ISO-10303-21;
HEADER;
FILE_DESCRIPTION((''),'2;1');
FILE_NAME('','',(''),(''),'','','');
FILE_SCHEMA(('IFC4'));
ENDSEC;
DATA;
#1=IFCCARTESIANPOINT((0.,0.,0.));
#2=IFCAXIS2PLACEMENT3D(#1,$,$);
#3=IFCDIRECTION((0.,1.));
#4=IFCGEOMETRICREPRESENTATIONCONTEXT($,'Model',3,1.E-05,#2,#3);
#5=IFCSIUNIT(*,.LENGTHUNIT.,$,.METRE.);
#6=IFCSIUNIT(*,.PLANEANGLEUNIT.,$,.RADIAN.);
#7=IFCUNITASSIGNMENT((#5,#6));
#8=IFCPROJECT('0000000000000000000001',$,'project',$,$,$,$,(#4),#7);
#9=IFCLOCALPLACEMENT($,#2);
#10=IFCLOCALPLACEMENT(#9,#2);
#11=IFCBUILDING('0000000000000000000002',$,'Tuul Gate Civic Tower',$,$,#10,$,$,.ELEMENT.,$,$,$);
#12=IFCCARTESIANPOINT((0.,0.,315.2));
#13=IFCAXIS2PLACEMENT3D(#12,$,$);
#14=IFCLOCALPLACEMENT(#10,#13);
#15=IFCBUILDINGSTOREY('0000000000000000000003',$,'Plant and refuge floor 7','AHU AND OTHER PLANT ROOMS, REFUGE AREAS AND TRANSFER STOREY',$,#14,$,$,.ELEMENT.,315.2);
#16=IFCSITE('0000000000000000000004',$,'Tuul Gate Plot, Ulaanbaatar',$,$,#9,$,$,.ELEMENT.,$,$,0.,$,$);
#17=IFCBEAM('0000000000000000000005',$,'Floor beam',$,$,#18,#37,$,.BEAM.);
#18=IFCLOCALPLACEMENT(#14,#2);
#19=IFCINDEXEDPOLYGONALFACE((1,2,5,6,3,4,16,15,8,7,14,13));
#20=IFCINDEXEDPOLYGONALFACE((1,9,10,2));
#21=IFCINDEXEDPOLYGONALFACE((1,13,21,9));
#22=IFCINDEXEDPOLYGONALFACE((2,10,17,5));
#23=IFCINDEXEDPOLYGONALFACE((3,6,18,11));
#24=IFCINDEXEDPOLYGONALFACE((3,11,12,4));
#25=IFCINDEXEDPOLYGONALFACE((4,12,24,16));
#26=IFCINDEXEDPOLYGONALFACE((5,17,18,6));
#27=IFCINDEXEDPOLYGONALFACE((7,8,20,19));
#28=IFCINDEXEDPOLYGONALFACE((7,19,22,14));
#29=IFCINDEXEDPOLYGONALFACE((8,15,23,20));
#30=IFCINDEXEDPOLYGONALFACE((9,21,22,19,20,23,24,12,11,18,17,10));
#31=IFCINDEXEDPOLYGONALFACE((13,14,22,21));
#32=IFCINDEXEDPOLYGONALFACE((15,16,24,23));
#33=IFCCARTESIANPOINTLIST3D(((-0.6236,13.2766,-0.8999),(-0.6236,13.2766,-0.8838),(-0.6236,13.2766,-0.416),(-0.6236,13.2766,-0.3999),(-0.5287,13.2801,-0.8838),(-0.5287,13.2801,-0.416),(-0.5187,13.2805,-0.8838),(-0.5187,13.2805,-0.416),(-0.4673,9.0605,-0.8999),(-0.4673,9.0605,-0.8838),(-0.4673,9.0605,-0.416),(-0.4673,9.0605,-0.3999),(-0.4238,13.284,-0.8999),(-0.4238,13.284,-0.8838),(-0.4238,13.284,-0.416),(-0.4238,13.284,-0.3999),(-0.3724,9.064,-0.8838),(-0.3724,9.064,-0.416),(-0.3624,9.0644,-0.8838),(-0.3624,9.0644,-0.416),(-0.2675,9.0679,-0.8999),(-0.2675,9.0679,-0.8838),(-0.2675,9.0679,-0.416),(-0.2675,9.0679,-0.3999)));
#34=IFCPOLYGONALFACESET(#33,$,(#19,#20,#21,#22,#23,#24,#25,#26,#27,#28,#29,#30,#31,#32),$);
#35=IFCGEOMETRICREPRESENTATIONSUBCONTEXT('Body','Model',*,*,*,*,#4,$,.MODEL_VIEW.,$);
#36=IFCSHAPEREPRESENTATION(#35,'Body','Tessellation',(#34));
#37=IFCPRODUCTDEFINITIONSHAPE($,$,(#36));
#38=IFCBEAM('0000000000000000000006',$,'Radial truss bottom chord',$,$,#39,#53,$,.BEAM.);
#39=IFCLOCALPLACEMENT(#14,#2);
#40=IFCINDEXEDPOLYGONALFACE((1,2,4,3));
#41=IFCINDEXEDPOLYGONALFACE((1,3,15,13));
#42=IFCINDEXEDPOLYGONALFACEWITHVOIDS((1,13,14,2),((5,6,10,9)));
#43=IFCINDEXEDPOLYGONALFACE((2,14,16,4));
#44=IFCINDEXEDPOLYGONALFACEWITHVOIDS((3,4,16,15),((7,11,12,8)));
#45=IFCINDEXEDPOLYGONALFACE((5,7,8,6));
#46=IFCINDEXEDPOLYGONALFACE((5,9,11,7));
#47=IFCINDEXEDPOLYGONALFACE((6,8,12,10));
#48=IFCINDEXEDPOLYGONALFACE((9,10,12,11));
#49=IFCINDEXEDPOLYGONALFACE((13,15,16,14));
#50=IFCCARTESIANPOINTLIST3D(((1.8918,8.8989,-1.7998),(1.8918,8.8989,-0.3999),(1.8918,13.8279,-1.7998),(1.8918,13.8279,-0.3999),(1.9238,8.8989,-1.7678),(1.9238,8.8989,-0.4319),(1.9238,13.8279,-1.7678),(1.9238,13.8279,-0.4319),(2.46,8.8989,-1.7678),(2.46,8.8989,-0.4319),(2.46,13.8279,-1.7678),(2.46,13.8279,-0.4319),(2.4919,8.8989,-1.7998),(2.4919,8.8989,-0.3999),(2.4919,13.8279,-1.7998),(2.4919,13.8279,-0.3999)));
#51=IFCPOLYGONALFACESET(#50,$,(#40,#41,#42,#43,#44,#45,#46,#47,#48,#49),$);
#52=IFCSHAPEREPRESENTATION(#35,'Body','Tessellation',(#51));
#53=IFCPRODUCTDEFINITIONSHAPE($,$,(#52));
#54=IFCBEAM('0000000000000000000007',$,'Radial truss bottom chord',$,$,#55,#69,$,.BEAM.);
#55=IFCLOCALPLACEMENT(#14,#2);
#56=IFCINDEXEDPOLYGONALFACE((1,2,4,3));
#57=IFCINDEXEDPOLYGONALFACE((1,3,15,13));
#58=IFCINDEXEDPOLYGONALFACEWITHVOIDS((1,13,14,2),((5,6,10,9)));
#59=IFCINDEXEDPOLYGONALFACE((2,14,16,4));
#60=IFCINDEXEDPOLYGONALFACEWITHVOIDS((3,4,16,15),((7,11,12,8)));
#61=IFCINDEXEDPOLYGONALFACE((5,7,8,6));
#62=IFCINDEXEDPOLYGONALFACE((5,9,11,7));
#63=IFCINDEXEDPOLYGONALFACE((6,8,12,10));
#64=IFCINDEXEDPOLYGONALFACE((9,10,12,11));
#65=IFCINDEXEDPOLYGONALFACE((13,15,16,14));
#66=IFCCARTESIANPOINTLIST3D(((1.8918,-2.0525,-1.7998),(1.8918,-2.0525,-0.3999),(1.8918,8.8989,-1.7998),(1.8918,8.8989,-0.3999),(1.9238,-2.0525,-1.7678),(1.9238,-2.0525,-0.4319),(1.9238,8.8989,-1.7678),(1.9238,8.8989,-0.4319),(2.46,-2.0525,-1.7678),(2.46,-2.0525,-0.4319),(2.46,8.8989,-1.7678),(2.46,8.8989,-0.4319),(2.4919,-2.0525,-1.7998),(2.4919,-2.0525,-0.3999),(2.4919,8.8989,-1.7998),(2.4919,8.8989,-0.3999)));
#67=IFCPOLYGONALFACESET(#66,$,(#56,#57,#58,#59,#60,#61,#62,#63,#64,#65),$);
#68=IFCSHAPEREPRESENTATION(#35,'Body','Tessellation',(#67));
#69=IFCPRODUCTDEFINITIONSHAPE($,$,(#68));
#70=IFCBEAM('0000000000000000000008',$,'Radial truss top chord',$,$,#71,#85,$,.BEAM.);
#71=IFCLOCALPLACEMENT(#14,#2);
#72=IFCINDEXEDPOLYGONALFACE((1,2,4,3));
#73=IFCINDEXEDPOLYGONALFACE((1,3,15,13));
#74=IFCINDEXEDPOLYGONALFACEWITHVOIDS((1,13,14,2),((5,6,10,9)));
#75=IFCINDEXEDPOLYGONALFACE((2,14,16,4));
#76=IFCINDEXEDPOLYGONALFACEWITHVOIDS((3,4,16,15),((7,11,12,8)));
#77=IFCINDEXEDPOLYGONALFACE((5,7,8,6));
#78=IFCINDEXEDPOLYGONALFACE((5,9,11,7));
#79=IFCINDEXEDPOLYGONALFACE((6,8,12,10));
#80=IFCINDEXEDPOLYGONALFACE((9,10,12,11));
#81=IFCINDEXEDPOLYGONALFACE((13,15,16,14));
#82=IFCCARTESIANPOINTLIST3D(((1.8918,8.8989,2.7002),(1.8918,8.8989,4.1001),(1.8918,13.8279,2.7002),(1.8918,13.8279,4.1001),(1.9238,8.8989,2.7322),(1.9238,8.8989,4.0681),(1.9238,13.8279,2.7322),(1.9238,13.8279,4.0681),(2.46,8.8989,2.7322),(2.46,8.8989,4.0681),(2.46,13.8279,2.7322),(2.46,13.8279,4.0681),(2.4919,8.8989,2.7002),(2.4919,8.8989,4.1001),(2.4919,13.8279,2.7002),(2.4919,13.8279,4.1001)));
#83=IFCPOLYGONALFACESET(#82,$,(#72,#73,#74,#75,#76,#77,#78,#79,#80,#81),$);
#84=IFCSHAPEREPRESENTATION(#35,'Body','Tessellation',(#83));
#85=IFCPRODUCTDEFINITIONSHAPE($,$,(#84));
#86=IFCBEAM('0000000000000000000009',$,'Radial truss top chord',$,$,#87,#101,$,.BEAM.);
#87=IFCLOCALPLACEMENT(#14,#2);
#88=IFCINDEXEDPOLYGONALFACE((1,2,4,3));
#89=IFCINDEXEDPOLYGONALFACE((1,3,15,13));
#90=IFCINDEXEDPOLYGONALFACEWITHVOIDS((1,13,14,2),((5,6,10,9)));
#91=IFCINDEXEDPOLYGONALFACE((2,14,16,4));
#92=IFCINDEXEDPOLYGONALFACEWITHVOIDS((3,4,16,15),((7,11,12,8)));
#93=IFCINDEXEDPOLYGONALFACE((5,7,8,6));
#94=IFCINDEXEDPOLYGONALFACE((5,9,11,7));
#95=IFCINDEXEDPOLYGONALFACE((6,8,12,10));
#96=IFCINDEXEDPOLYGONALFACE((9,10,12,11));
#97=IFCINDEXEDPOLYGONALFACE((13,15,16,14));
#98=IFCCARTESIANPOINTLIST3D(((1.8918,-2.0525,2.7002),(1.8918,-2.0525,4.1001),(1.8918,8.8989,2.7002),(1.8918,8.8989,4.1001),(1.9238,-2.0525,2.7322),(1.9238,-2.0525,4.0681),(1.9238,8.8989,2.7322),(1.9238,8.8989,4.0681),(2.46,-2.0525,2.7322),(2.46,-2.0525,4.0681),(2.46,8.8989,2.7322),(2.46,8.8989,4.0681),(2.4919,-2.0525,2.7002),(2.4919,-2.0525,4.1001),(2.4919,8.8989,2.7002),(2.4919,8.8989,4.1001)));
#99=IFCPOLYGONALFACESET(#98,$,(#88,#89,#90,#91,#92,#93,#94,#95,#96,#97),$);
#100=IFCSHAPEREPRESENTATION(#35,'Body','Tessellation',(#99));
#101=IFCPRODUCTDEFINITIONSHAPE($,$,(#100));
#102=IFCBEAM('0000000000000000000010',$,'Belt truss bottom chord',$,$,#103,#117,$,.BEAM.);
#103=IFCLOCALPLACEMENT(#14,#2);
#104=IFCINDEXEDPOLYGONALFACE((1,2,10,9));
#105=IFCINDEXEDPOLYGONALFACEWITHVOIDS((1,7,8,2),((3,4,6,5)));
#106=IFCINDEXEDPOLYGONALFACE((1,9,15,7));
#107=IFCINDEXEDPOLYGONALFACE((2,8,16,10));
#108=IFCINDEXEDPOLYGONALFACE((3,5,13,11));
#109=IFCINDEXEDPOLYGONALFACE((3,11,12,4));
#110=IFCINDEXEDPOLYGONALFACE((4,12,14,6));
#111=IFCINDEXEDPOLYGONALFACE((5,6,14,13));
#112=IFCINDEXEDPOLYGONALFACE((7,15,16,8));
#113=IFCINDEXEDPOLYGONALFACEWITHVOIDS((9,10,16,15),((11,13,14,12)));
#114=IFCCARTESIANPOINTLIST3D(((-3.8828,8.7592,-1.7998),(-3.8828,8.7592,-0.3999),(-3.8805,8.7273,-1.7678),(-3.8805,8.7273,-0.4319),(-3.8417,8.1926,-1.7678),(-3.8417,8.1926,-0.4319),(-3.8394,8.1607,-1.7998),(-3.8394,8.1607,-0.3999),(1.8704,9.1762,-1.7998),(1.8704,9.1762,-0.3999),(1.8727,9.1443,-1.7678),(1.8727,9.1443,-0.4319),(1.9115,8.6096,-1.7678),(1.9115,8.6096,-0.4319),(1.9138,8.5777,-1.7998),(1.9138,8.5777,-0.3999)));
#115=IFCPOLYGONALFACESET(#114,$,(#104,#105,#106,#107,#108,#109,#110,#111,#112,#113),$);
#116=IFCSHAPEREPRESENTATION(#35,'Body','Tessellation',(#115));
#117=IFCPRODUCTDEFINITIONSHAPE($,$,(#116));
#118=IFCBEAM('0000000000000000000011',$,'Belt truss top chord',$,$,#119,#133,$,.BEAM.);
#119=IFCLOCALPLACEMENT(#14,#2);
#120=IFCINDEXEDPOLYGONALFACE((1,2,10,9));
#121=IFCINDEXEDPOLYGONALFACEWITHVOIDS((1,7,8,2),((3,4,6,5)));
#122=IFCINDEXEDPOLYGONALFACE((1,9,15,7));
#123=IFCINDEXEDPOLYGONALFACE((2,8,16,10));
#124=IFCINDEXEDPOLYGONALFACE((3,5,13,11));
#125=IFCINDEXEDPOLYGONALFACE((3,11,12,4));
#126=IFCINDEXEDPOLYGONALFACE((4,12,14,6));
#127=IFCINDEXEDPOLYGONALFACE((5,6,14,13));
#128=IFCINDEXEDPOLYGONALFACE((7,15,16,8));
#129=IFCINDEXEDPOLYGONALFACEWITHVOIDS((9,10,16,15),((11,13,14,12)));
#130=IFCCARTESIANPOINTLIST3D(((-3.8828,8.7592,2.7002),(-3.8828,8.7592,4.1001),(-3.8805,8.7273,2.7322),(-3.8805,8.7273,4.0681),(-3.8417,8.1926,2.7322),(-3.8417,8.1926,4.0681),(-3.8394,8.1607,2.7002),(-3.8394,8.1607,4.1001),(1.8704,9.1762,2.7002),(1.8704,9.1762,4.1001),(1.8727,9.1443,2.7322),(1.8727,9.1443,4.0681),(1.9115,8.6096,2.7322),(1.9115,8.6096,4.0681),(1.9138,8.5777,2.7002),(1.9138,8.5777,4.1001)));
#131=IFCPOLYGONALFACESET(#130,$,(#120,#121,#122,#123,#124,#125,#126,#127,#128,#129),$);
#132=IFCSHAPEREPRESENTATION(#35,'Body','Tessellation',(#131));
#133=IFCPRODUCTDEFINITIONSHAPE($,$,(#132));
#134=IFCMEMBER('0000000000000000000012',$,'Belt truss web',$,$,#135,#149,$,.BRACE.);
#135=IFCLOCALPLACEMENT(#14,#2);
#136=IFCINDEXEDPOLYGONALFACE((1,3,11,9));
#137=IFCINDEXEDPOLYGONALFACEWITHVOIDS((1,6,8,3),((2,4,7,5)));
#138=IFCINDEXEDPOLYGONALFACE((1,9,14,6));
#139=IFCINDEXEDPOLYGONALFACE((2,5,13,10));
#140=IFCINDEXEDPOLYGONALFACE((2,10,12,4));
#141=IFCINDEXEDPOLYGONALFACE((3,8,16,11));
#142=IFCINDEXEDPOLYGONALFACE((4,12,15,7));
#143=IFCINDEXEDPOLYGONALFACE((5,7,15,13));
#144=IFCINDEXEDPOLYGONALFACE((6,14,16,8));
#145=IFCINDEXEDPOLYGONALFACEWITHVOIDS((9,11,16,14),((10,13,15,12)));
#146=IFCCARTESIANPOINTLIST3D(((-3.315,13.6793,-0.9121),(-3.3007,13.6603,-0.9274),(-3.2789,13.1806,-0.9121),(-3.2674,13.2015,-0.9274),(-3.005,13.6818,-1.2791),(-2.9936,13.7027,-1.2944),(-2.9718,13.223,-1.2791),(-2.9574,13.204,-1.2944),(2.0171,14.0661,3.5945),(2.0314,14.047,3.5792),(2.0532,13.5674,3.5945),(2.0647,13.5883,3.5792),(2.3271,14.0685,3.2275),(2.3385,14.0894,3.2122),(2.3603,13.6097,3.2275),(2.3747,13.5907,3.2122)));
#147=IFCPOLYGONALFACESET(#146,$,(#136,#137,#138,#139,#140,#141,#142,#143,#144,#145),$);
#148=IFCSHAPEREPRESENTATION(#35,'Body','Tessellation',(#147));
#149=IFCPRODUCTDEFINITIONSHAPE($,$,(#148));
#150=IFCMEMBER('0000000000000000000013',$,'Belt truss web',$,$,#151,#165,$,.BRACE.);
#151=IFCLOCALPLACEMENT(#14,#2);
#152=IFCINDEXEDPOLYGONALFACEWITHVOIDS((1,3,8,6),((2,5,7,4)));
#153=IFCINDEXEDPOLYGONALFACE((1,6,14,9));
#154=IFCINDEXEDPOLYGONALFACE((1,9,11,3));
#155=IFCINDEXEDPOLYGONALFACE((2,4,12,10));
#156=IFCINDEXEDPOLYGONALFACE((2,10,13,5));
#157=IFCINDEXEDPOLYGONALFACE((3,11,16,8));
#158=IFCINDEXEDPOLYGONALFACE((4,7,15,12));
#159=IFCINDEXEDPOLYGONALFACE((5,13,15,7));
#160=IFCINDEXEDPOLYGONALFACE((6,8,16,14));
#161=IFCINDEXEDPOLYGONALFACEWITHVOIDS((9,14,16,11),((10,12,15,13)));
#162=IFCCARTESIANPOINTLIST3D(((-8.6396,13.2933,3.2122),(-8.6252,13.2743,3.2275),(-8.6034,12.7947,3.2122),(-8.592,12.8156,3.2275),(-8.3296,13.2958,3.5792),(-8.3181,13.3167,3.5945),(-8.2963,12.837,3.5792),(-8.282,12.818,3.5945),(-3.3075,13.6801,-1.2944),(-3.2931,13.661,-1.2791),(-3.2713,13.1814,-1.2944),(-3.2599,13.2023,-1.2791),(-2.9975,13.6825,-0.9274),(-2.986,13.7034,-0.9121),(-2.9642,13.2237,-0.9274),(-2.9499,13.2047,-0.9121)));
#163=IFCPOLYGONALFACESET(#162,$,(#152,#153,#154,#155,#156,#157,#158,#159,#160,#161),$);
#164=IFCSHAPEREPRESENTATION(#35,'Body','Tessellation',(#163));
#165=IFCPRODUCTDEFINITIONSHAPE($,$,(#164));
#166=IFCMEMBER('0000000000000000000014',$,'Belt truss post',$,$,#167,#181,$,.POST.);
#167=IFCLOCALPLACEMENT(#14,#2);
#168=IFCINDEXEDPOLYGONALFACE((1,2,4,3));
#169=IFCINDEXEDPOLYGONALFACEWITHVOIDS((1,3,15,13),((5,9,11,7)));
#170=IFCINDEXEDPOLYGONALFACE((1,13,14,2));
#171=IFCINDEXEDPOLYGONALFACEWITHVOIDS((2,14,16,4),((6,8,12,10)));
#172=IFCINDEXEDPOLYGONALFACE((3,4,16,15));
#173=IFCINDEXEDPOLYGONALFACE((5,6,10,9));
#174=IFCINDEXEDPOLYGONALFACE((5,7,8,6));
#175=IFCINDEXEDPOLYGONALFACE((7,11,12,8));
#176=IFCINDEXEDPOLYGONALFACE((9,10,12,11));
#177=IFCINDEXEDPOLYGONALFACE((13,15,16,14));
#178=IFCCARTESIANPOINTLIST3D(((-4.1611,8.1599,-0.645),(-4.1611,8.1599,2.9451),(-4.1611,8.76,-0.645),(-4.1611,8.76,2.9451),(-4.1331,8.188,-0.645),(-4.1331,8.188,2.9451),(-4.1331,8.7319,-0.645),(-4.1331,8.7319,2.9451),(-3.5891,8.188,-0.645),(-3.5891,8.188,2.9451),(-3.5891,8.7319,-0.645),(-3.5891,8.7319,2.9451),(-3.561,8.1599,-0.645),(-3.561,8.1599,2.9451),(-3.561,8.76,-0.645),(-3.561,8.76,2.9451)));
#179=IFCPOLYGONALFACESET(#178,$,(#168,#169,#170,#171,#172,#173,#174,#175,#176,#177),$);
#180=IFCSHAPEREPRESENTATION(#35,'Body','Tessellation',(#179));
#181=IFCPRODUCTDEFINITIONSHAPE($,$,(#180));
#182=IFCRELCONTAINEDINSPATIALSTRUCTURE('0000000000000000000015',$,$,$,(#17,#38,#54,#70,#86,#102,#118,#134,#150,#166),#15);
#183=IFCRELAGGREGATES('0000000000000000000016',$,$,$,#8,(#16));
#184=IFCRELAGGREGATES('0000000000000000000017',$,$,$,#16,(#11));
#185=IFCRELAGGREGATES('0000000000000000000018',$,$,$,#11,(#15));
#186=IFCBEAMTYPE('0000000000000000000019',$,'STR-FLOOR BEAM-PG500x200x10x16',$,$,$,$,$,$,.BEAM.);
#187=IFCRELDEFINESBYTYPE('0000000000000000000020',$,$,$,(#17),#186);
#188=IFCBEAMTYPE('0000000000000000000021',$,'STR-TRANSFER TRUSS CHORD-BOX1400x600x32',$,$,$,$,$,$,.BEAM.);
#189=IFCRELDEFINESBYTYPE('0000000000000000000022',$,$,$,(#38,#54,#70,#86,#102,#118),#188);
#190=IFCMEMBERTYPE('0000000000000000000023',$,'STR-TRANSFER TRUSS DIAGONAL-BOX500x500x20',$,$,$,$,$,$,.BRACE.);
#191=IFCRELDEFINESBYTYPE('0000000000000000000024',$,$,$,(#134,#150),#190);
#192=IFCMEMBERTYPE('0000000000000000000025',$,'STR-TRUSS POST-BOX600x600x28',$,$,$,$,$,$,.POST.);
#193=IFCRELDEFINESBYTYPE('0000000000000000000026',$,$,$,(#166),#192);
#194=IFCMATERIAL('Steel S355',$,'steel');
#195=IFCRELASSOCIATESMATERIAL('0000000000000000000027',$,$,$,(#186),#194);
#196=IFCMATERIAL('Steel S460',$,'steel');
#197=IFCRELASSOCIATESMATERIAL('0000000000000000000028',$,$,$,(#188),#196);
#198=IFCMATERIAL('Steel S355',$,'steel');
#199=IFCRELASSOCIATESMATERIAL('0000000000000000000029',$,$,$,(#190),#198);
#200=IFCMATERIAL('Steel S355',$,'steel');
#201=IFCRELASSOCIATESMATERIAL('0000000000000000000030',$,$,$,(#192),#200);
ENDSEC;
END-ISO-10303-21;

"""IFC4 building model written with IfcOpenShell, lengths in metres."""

from ifc_helpers import new_model, si_unit, direction, frame, origin, origin_2d, place, context, subcontext, project, spatial, hollow_rectangle, i_section, extrude, material, material_profile, profile_set, type_object, element, save


model = new_model("IFC4")

# Units and contexts
model_context = context("Model", 3, precision=1e-05, world=origin(), true_north=direction((0.0, 1.0)))
body_context = subcontext(model_context, "Body", "Model", "MODEL_VIEW")
ifc_project = project(units=[si_unit("LENGTHUNIT", "METRE"), si_unit("PLANEANGLEUNIT", "RADIAN")], contexts=[model_context])

# Site, building, storey
site_placement = place(None, origin())
site = spatial("IfcSite", under=ifc_project, at=site_placement, Name="Tuul Gate Plot, Ulaanbaatar", CompositionType="ELEMENT", RefElevation=0.0)
building_placement = place(site_placement, origin())
building = spatial("IfcBuilding", under=site, at=building_placement, Name="Tuul Gate Civic Tower", CompositionType="ELEMENT")
storey_placement = place(building_placement, frame((0.0, 0.0, 315.2)))
storey = spatial("IfcBuildingStorey", under=building, at=storey_placement, Name="Plant and refuge floor 7", Description="AHU AND OTHER PLANT ROOMS, REFUGE AREAS AND TRANSFER STOREY", CompositionType="ELEMENT", Elevation=315.2)

# Beams
ifc_material_1 = material(Name="Steel S355", Category="steel")
ifc_material_profile_1 = material_profile(ifc_material_1, i_section(OverallWidth=0.2, OverallDepth=0.5, WebThickness=0.01, FlangeThickness=0.0161, at=origin_2d()), Name="PG500x200x10x16")
ifc_profile_set_1 = profile_set([ifc_material_profile_1], Name="Steel S355")
beam_type_1 = type_object("IfcBeamType", Name="STR-FLOOR BEAM-PG500x200x10x16", PredefinedType="BEAM", material=ifc_profile_set_1)
beam_1_placement = place(storey_placement, frame((-0.3674, 9.0642, -0.6499), z_axis=(-0.037035, 0.999314, 0.0), x_axis=(-0.999314, -0.037035, 0.0)))
element("IfcBeam", 1, at=beam_1_placement, inside=storey, type_object=beam_type_1, Name="Floor beam", PredefinedType="BEAM", context=body_context, shape_type="SweptSolid", body=[
    extrude(i_section(OverallWidth=0.2, OverallDepth=0.5, WebThickness=0.01, FlangeThickness=0.0161, at=origin_2d()), origin(), (0.0, 0.0, 1.0), 4.219),
])
ifc_material_2 = material(Name="Steel S460", Category="steel")
ifc_material_profile_2 = material_profile(ifc_material_2, hollow_rectangle(XDim=0.6001, YDim=1.3999, WallThickness=0.032, at=origin_2d()), Name="BOX1400x600x32")
ifc_profile_set_2 = profile_set([ifc_material_profile_2], Name="Steel S460")
beam_type_2 = type_object("IfcBeamType", Name="STR-TRANSFER TRUSS CHORD-BOX1400x600x32", PredefinedType="BEAM", material=ifc_profile_set_2)
beam_2_placement = place(storey_placement, frame((2.1919, 13.8279, -1.0999), z_axis=(0.0, -1.0, 0.0), x_axis=(1.0, 0.0, 0.0)))
element("IfcBeam", 2, at=beam_2_placement, inside=storey, type_object=beam_type_2, Name="Radial truss bottom chord", PredefinedType="BEAM", context=body_context, shape_type="SweptSolid", body=[
    extrude(hollow_rectangle(XDim=0.6001, YDim=1.3999, WallThickness=0.032, at=origin_2d()), origin(), (0.0, 0.0, 1.0), 4.929),
])
beam_3_placement = place(storey_placement, frame((2.1919, 8.8989, -1.0999), z_axis=(0.0, -1.0, 0.0), x_axis=(1.0, 0.0, 0.0)))
element("IfcBeam", 3, at=beam_3_placement, inside=storey, type_object=beam_type_2, Name="Radial truss bottom chord", PredefinedType="BEAM", context=body_context, shape_type="SweptSolid", body=[
    extrude(hollow_rectangle(XDim=0.6001, YDim=1.3999, WallThickness=0.032, at=origin_2d()), origin(), (0.0, 0.0, 1.0), 10.9514),
])
beam_4_placement = place(storey_placement, frame((2.1919, 13.8279, 3.4001), z_axis=(0.0, -1.0, 0.0), x_axis=(1.0, 0.0, 0.0)))
element("IfcBeam", 4, at=beam_4_placement, inside=storey, type_object=beam_type_2, Name="Radial truss top chord", PredefinedType="BEAM", context=body_context, shape_type="SweptSolid", body=[
    extrude(hollow_rectangle(XDim=0.6001, YDim=1.3999, WallThickness=0.032, at=origin_2d()), origin(), (0.0, 0.0, 1.0), 4.929),
])
beam_5_placement = place(storey_placement, frame((2.1919, 8.8989, 3.4001), z_axis=(0.0, -1.0, 0.0), x_axis=(1.0, 0.0, 0.0)))
element("IfcBeam", 5, at=beam_5_placement, inside=storey, type_object=beam_type_2, Name="Radial truss top chord", PredefinedType="BEAM", context=body_context, shape_type="SweptSolid", body=[
    extrude(hollow_rectangle(XDim=0.6001, YDim=1.3999, WallThickness=0.032, at=origin_2d()), origin(), (0.0, 0.0, 1.0), 10.9514),
])
for number, where, z_axis, x_axis, name in (
    (6, (1.8921, 8.877, -1.0999), (-0.997384, -0.072291, 0.0), (0.072291, -0.997384, 0.0), "Belt truss bottom chord"),
    (7, (1.8921, 8.877, 3.4001), (-0.997384, -0.072291, 0.0), (0.072291, -0.997384, 0.0), "Belt truss top chord"),
):
    element("IfcBeam", number, at=place(storey_placement, frame(where, z_axis=z_axis, x_axis=x_axis)), inside=storey, type_object=beam_type_2, Name=name, PredefinedType="BEAM", context=body_context, shape_type="SweptSolid", body=[
        extrude(hollow_rectangle(XDim=0.6001, YDim=1.3999, WallThickness=0.032, at=origin_2d()), origin(), (0.0, 0.0, 1.0), 5.7683),
    ])

# Members
ifc_material_3 = material(Name="Steel S355", Category="steel")
ifc_material_profile_3 = material_profile(ifc_material_3, hollow_rectangle(XDim=0.5, YDim=0.5, WallThickness=0.02, at=origin_2d()), Name="BOX500x500x20")
ifc_profile_set_3 = profile_set([ifc_material_profile_3], Name="Steel S355")
member_type_1 = type_object("IfcMemberType", Name="STR-TRANSFER TRUSS DIAGONAL-BOX500x500x20", PredefinedType="BRACE", material=ifc_profile_set_3)
for number, where, z_axis, x_axis, name in (
    (8, (-3.1362, 13.4417, -1.1033), (0.762579, 0.055308, 0.644526), (-0.072337, 0.99738, 0.0), "Belt truss web"),
    (9, (-3.1287, 13.4424, -1.1033), (-0.762579, -0.055308, 0.644526), (0.072337, -0.99738, 0.0), "Belt truss web"),
):
    element("IfcMember", number, at=place(storey_placement, frame(where, z_axis=z_axis, x_axis=x_axis)), inside=storey, type_object=member_type_1, Name=name, PredefinedType="BRACE", context=body_context, shape_type="SweptSolid", body=[
        extrude(hollow_rectangle(XDim=0.5, YDim=0.5, WallThickness=0.02, at=origin_2d()), origin(), (0.0, 0.0, 1.0), 6.9922),
    ])
ifc_material_4 = material(Name="Steel S355", Category="steel")
ifc_material_profile_4 = material_profile(ifc_material_4, hollow_rectangle(XDim=0.6001, YDim=0.6001, WallThickness=0.0281, at=origin_2d()), Name="BOX600x600x28")
ifc_profile_set_4 = profile_set([ifc_material_profile_4], Name="Steel S355")
member_type_2 = type_object("IfcMemberType", Name="STR-TRUSS POST-BOX600x600x28", PredefinedType="POST", material=ifc_profile_set_4)
member_placement = place(storey_placement, frame((-3.8611, 8.46, -0.645), z_axis=(0.0, 0.0, 1.0), x_axis=(1.0, 0.0, 0.0)))
element("IfcMember", 10, at=member_placement, inside=storey, type_object=member_type_2, Name="Belt truss post", PredefinedType="POST", context=body_context, shape_type="SweptSolid", body=[
    extrude(hollow_rectangle(XDim=0.6001, YDim=0.6001, WallThickness=0.0281, at=origin_2d()), origin(), (0.0, 0.0, 1.0), 3.5901),
])

save(model, "model.ifc")
